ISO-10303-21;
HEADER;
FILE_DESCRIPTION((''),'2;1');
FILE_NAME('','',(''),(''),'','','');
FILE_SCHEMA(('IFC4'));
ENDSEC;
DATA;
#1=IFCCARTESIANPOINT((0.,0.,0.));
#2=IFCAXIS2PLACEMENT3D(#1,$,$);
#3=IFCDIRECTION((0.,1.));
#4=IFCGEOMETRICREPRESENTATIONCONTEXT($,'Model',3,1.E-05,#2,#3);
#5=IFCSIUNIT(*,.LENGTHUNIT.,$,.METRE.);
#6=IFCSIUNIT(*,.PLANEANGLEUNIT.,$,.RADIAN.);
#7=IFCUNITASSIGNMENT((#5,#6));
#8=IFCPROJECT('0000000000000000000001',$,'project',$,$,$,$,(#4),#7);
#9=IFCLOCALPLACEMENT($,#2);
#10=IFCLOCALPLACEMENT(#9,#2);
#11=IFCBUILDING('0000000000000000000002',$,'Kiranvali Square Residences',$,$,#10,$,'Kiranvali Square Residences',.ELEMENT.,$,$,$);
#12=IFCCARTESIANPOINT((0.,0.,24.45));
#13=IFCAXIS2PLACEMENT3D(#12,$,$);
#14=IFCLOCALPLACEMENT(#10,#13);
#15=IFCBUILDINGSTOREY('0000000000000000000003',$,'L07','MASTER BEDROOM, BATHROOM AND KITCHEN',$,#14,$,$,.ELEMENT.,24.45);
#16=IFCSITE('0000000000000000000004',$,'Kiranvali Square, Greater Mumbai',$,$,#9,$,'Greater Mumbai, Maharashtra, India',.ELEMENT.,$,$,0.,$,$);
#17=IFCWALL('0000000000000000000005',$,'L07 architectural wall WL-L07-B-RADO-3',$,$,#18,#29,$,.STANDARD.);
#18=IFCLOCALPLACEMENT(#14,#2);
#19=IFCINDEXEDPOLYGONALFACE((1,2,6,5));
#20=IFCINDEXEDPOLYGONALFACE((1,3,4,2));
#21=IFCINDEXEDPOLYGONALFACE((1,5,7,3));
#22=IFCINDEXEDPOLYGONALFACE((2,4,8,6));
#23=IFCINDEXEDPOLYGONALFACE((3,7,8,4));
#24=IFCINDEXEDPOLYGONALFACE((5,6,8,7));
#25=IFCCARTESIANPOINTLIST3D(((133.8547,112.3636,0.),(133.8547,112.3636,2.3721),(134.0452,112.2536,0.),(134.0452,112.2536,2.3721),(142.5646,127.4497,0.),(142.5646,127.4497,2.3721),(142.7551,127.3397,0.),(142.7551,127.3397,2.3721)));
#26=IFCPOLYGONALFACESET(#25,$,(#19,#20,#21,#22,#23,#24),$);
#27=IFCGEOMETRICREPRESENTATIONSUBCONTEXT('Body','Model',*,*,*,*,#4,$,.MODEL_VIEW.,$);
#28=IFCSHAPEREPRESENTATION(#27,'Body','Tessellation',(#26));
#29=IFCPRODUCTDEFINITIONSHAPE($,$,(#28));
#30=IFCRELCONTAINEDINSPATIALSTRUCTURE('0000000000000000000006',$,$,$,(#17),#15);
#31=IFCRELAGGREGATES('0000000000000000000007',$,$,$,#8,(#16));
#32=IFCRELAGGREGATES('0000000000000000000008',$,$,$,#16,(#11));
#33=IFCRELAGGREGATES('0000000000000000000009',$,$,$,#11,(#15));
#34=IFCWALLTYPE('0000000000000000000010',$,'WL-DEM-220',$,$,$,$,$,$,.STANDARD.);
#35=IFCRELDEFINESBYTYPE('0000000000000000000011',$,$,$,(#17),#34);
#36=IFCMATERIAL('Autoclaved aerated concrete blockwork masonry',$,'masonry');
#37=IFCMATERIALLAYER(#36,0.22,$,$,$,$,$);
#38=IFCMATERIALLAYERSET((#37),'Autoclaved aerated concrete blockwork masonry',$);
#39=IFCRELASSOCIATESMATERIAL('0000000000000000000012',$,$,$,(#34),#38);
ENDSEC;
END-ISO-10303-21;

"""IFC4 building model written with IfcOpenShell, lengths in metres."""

from ifc_helpers import new_model, si_unit, direction, frame, frame_2d, origin, place, context, subcontext, project, spatial, rectangle, extrude, material, layer, layer_set, type_object, element, save


model = new_model("IFC4")

# Units and contexts
model_context = context("Model", 3, precision=1e-05, world=origin(), true_north=direction((0.0, 1.0)))
body_context = subcontext(model_context, "Body", "Model", "MODEL_VIEW")
ifc_project = project(units=[si_unit("LENGTHUNIT", "METRE"), si_unit("PLANEANGLEUNIT", "RADIAN")], contexts=[model_context])

# Site, building, storey
site_placement = place(None, origin())
site = spatial("IfcSite", under=ifc_project, at=site_placement, Name="Kiranvali Square, Greater Mumbai", LongName="Greater Mumbai, Maharashtra, India", CompositionType="ELEMENT", RefElevation=0.0)
building_placement = place(site_placement, origin())
building = spatial("IfcBuilding", under=site, at=building_placement, Name="Kiranvali Square Residences", LongName="Kiranvali Square Residences", CompositionType="ELEMENT")
storey_placement = place(building_placement, frame((0.0, 0.0, 24.45)))
storey = spatial("IfcBuildingStorey", under=building, at=storey_placement, Name="L07", Description="MASTER BEDROOM, BATHROOM AND KITCHEN", CompositionType="ELEMENT", Elevation=24.45)

# Shared definitions
ifc_material_1 = material(Name="Autoclaved aerated concrete blockwork masonry", Category="masonry")

# Wall
ifc_layer_1 = layer(ifc_material_1, 0.22)
ifc_layer_set_1 = layer_set([ifc_layer_1], Name="Autoclaved aerated concrete blockwork masonry")
wall_type_1 = type_object("IfcWallType", Name="WL-DEM-220", PredefinedType="STANDARD", material=ifc_layer_set_1)
wall_1_placement = place(storey_placement, frame((133.95, 112.3086, 0.0), z_axis=(0.0, 0.0, 1.0), x_axis=(0.499998, 0.866027, 0.0)))
element("IfcWall", 1, at=wall_1_placement, inside=storey, type_object=wall_type_1, Name="L07 architectural wall WL-L07-B-RADO-3", PredefinedType="STANDARD", context=body_context, shape_type="SweptSolid", body=[
    extrude(rectangle(XDim=17.4199, YDim=0.22, at=frame_2d((8.71, 0.0))), origin(), (0.0, 0.0, 1.0), 2.3721),
])

save(model, "model.ifc")
